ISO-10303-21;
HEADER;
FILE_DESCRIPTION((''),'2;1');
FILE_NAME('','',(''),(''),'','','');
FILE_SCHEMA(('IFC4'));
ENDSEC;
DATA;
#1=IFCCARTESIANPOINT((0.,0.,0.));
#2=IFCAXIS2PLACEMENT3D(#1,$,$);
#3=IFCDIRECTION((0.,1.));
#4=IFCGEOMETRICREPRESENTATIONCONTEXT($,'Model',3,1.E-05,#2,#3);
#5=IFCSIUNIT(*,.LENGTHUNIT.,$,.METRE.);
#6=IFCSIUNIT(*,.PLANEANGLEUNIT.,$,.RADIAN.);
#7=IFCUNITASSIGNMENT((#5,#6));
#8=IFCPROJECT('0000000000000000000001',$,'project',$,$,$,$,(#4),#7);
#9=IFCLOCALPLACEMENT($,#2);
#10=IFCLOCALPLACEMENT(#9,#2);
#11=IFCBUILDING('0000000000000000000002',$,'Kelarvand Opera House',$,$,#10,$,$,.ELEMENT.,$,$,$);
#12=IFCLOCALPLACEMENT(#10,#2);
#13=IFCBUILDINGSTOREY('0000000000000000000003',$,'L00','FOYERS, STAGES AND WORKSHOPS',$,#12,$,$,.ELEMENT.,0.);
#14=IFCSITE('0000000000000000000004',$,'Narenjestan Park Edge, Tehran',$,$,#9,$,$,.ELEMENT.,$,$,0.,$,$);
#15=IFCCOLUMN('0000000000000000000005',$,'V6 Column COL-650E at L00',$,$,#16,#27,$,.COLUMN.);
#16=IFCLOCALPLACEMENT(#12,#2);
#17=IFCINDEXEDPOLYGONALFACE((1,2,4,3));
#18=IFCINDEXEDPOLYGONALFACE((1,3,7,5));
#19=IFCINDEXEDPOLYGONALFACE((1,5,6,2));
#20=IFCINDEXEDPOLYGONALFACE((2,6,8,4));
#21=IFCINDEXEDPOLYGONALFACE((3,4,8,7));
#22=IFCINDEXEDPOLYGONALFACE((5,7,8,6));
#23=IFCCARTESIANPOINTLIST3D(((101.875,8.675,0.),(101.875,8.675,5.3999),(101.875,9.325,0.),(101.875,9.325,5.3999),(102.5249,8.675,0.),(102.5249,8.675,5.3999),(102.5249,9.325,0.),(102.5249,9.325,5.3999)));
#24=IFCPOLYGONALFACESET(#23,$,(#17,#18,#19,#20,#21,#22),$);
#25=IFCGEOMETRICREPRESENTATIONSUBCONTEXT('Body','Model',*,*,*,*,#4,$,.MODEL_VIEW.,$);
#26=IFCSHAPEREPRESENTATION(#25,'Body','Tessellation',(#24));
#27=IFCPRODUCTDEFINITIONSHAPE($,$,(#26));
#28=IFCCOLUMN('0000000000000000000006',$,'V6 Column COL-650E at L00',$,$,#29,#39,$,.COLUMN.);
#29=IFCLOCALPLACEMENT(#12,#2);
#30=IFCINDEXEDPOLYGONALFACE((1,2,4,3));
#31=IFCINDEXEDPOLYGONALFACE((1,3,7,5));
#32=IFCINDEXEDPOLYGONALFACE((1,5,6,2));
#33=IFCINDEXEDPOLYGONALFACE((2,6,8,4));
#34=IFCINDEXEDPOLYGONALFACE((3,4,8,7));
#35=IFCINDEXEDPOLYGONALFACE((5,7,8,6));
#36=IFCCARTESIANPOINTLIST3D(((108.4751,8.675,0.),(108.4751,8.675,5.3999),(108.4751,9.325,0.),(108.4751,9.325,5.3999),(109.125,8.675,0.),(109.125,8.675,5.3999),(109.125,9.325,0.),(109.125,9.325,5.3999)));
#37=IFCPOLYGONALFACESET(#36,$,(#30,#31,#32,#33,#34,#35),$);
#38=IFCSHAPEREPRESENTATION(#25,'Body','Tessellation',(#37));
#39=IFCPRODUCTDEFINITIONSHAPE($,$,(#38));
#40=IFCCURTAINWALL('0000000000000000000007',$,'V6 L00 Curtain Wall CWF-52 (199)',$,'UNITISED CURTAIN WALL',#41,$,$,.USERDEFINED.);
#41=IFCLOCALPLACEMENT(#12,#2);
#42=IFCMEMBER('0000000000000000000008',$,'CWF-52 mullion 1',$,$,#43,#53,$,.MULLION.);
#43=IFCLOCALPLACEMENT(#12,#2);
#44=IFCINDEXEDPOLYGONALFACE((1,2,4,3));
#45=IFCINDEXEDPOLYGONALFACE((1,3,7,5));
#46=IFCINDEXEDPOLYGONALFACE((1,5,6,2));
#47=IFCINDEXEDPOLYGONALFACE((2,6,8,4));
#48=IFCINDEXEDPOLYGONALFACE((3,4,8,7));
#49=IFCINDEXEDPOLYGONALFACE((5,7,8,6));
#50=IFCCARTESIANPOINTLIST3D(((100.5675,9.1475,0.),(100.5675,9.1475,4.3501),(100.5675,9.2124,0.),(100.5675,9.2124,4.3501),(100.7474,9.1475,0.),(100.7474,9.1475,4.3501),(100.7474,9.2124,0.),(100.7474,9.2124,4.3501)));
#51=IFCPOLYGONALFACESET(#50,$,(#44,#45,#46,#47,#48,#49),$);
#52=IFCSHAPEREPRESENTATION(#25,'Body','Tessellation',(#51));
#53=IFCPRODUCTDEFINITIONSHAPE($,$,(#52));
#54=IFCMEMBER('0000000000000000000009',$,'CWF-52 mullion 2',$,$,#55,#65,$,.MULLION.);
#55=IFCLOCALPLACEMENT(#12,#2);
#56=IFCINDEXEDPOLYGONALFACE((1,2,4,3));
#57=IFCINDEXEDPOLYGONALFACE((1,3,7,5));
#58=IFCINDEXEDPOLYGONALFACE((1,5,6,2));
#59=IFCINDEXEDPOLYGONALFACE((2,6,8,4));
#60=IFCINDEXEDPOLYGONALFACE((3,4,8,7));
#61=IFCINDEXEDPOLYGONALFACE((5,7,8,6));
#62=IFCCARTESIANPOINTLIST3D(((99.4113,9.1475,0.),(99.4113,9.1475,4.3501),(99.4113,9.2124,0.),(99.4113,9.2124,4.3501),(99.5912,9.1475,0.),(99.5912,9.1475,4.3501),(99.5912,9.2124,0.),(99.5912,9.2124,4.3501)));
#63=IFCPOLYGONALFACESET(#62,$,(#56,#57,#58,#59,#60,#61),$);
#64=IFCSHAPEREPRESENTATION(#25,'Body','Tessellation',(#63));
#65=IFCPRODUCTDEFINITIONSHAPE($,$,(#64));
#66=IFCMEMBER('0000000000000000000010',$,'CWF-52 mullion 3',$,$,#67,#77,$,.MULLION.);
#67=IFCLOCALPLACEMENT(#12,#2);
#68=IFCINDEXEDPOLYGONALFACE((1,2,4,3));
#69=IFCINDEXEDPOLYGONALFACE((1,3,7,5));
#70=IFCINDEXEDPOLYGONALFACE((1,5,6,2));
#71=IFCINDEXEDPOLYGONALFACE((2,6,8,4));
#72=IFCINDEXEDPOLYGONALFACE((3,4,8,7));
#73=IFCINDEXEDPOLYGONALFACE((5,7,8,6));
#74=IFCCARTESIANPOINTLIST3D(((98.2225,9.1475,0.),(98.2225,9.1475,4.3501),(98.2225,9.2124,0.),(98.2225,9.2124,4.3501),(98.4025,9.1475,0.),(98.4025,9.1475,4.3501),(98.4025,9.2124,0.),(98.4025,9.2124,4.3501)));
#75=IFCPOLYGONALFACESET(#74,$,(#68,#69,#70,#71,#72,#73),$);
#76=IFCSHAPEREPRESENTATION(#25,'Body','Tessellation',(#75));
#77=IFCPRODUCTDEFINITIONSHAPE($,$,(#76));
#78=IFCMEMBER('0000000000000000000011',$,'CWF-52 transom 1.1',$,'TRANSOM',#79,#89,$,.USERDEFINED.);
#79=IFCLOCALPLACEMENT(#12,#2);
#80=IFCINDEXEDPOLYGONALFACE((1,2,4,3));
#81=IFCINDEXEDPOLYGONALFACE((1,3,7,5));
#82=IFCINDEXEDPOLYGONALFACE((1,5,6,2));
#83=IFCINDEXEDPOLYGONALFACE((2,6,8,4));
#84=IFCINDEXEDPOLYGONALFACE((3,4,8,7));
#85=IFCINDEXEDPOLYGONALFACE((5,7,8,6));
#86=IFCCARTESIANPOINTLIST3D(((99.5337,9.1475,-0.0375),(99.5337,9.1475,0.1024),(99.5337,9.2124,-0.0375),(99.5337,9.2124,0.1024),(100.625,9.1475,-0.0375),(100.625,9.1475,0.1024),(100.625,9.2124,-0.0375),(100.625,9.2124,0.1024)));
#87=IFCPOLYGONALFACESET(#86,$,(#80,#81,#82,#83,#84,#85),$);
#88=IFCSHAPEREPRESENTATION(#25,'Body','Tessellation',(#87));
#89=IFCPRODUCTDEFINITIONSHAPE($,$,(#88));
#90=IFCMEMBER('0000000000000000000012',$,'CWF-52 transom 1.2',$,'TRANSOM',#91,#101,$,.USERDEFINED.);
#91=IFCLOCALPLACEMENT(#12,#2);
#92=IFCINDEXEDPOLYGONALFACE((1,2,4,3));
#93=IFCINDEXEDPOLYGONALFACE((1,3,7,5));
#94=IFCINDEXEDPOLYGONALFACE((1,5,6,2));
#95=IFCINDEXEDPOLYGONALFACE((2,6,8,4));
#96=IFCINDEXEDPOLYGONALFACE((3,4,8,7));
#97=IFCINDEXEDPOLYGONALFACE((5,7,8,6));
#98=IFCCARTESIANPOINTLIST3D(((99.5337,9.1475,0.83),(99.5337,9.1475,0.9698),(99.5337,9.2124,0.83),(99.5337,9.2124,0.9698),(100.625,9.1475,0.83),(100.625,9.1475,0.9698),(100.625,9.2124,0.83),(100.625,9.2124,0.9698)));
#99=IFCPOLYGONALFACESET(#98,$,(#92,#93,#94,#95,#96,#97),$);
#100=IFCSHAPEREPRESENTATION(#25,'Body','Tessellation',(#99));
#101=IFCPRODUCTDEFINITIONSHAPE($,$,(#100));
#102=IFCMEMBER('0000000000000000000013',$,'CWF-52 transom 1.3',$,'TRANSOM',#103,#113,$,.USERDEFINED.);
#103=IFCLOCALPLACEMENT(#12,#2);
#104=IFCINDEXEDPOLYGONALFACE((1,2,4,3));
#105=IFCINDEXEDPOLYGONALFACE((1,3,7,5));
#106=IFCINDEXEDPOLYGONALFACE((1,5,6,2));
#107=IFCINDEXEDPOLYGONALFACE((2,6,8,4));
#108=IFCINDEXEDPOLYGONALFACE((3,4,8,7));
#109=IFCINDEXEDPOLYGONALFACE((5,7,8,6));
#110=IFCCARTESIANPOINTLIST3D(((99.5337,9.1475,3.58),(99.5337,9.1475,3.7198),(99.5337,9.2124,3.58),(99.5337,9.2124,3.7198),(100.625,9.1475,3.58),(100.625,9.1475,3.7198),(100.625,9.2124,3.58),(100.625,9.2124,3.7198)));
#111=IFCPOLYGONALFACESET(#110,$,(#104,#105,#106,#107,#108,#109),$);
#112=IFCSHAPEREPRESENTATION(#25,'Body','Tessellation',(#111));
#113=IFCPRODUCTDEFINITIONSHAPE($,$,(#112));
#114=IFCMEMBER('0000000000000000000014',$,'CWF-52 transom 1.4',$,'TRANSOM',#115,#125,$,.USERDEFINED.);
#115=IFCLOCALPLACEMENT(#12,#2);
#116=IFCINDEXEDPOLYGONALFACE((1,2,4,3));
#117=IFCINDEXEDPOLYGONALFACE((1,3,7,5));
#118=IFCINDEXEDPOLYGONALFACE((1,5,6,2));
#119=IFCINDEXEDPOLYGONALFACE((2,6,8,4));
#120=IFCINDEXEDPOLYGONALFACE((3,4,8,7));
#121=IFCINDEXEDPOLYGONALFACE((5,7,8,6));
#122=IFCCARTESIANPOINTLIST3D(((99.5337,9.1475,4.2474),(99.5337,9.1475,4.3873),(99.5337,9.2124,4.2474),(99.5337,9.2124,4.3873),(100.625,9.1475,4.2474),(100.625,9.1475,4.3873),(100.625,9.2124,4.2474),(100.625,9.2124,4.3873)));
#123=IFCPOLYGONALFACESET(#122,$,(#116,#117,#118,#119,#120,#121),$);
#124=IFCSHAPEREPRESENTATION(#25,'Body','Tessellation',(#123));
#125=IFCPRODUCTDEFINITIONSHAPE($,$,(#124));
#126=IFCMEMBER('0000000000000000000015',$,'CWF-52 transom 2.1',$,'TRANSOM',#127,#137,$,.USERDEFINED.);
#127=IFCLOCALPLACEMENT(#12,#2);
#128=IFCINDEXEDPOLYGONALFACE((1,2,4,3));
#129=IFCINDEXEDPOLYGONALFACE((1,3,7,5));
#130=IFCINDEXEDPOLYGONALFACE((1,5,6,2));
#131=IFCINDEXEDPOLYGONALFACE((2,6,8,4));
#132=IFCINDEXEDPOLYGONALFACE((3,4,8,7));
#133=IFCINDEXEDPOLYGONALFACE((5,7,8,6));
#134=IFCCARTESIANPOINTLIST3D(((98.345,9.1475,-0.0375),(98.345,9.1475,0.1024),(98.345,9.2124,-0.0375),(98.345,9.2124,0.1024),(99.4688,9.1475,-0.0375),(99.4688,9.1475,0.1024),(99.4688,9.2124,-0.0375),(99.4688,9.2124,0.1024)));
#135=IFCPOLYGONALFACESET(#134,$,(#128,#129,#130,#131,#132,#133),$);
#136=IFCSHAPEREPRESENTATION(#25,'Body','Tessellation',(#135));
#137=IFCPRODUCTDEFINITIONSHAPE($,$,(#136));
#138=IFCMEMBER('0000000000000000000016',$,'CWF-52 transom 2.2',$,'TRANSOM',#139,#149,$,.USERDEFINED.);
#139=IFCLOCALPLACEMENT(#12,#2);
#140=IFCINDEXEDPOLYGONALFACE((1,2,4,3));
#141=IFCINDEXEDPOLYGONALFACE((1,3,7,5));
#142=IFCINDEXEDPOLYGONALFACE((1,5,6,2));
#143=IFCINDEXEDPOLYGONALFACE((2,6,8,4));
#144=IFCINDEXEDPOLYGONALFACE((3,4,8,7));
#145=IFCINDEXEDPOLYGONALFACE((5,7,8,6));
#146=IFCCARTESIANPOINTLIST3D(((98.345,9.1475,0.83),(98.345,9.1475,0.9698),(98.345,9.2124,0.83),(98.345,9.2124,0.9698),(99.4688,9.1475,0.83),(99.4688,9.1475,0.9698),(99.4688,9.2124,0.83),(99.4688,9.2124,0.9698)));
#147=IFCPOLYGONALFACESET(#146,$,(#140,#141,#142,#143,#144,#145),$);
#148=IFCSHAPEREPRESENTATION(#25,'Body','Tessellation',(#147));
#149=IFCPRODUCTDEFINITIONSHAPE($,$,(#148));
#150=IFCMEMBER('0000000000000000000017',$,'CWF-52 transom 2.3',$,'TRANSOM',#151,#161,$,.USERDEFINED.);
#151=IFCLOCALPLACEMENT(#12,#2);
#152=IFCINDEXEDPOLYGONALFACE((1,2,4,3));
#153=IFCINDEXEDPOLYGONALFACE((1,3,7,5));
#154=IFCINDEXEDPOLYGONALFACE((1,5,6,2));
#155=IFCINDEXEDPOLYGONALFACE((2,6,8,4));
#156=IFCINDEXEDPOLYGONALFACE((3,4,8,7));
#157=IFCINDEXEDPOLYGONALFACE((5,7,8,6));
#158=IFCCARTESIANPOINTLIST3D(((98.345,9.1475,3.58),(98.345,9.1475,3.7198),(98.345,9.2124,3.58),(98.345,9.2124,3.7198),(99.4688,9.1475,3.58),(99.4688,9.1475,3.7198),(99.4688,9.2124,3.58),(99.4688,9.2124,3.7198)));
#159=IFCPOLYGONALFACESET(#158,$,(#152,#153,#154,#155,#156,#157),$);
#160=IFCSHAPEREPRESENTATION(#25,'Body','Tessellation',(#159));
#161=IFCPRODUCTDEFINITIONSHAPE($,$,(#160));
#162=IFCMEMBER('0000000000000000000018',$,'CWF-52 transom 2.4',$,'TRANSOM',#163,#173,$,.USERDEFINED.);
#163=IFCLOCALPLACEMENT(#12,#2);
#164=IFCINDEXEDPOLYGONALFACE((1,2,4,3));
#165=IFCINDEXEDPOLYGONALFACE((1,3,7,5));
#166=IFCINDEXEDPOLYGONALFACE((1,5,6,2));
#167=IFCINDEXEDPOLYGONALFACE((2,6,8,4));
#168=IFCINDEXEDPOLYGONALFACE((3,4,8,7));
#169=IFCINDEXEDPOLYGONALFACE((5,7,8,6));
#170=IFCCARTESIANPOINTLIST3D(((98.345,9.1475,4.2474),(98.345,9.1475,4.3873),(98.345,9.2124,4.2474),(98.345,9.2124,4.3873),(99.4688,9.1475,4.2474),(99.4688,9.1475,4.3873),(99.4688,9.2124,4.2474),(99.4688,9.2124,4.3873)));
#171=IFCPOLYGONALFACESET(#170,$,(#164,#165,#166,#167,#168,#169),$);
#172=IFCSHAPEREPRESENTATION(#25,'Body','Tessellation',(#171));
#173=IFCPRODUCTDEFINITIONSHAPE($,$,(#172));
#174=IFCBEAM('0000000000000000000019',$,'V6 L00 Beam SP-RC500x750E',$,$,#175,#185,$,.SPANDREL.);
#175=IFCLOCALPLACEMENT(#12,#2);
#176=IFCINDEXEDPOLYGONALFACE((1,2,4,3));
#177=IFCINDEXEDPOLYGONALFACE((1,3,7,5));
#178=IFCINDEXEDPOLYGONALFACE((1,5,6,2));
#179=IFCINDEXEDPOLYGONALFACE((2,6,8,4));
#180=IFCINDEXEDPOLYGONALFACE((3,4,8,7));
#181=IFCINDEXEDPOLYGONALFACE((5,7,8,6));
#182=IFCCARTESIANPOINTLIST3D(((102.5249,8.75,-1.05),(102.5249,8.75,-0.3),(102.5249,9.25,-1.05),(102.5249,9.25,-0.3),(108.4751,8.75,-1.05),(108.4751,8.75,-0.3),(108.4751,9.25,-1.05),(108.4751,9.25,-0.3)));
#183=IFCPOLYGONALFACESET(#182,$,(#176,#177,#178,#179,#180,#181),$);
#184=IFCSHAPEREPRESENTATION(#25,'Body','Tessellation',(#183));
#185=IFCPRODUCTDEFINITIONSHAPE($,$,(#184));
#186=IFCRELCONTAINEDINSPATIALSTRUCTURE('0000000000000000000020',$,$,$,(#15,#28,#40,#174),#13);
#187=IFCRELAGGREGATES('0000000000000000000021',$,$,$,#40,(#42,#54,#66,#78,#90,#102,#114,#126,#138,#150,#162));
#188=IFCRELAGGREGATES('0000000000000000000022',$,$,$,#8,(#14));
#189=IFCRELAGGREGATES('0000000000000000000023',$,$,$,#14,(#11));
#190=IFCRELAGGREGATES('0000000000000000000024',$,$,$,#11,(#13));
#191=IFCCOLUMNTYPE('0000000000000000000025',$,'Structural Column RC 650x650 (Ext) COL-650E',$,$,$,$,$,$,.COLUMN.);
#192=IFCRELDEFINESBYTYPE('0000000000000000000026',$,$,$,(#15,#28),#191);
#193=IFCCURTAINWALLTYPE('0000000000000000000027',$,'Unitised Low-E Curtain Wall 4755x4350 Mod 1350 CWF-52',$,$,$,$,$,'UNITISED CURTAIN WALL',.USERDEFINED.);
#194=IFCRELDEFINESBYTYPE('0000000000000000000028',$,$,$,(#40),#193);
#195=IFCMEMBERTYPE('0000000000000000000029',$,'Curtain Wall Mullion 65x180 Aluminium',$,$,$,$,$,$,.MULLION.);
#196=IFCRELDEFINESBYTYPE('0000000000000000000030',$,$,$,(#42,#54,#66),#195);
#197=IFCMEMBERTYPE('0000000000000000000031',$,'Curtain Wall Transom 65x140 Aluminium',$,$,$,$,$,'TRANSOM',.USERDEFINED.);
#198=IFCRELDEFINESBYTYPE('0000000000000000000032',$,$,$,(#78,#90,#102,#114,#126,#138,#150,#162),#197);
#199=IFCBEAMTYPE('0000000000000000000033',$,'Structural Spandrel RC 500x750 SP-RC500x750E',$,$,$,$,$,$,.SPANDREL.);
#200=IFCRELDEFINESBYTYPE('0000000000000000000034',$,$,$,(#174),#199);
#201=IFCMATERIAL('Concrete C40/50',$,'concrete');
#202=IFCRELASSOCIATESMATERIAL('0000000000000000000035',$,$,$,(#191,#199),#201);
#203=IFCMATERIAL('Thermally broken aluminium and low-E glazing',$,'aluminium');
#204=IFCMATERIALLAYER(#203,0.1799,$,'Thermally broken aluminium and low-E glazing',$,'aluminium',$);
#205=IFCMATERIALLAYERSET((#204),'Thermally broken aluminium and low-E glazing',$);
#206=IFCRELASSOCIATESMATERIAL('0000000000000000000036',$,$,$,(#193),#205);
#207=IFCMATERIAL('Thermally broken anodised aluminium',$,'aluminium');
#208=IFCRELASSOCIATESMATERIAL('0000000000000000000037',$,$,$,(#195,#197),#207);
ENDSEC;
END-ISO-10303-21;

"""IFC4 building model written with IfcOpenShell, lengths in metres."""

from ifc_helpers import new_model, si_unit, direction, frame, origin, origin_2d, place, context, subcontext, project, spatial, rectangle, extrude, material, layer, layer_set, material_profile, profile_set, type_object, element, aggregate, save


model = new_model("IFC4")

# Units and contexts
model_context = context("Model", 3, precision=1e-05, world=origin(), true_north=direction((0.0, 1.0)))
body_context = subcontext(model_context, "Body", "Model", "MODEL_VIEW")
ifc_project = project(units=[si_unit("LENGTHUNIT", "METRE"), si_unit("PLANEANGLEUNIT", "RADIAN")], contexts=[model_context])

# Site, building, storey
site_placement = place(None, origin())
site = spatial("IfcSite", under=ifc_project, at=site_placement, Name="Narenjestan Park Edge, Tehran", CompositionType="ELEMENT", RefElevation=0.0)
building_placement = place(site_placement, origin())
building = spatial("IfcBuilding", under=site, at=building_placement, Name="Kelarvand Opera House", CompositionType="ELEMENT")
storey_placement = place(building_placement, origin())
storey = spatial("IfcBuildingStorey", under=building, at=storey_placement, Name="L00", Description="FOYERS, STAGES AND WORKSHOPS", CompositionType="ELEMENT", Elevation=0.0)

# Columns
ifc_material_1 = material(Name="Concrete C40/50", Category="concrete")
ifc_material_profile_1 = material_profile(ifc_material_1, rectangle(XDim=0.6499, YDim=0.6499, at=origin_2d()), Name="RC 650x650", Category="concrete")
ifc_profile_set_1 = profile_set([ifc_material_profile_1], Name="Concrete C40/50")
column_type = type_object("IfcColumnType", Name="Structural Column RC 650x650 (Ext) COL-650E", PredefinedType="COLUMN", material=ifc_profile_set_1)
for number, where, z_axis, x_axis, name in (
    (1, (102.2, 9.0, 0.0), (0.0, 0.0, 1.0), (1.0, 0.0, 0.0), "V6 Column COL-650E at L00"),
    (2, (108.8, 9.0, 0.0), (0.0, 0.0, 1.0), (1.0, 0.0, 0.0), "V6 Column COL-650E at L00"),
):
    element("IfcColumn", number, at=place(storey_placement, frame(where, z_axis=z_axis, x_axis=x_axis)), inside=storey, type_object=column_type, Name=name, PredefinedType="COLUMN", context=body_context, shape_type="SweptSolid", body=[
        extrude(rectangle(XDim=0.6499, YDim=0.6499, at=origin_2d()), origin(), (0.0, 0.0, 1.0), 5.3999),
    ])

# Curtain wall, members
ifc_material_2 = material(Name="Thermally broken aluminium and low-E glazing", Category="aluminium")
ifc_layer_1 = layer(ifc_material_2, 0.1799, Name="Thermally broken aluminium and low-E glazing", Category="aluminium")
ifc_layer_set_1 = layer_set([ifc_layer_1], Name="Thermally broken aluminium and low-E glazing")
curtain_wall_type = type_object("IfcCurtainWallType", Name="Unitised Low-E Curtain Wall 4755x4350 Mod 1350 CWF-52", ElementType="UNITISED CURTAIN WALL", PredefinedType="USERDEFINED", material=ifc_layer_set_1)
curtain_wall_placement = place(storey_placement, origin())
curtain_wall = element("IfcCurtainWall", 3, at=curtain_wall_placement, inside=storey, type_object=curtain_wall_type, Name="V6 L00 Curtain Wall CWF-52 (199)", ObjectType="UNITISED CURTAIN WALL", PredefinedType="USERDEFINED")
ifc_material_3 = material(Name="Thermally broken anodised aluminium", Category="aluminium")
ifc_material_profile_2 = material_profile(ifc_material_3, rectangle(XDim=0.0649, YDim=0.1799, at=origin_2d()), Name="ALU MULLION 65x180", Category="aluminium")
ifc_profile_set_2 = profile_set([ifc_material_profile_2], Name="Thermally broken anodised aluminium")
member_type_1 = type_object("IfcMemberType", Name="Curtain Wall Mullion 65x180 Aluminium", PredefinedType="MULLION", material=ifc_profile_set_2)
member_1_placement = place(storey_placement, frame((100.6575, 9.1799, 0.0), z_axis=(0.0, 0.0, 1.0), x_axis=(0.0, -1.0, 0.0)))
member_1 = element("IfcMember", 4, at=member_1_placement, type_object=member_type_1, Name="CWF-52 mullion 1", PredefinedType="MULLION", context=body_context, shape_type="SweptSolid", body=[
    extrude(rectangle(XDim=0.0649, YDim=0.1799, at=origin_2d()), origin(), (0.0, 0.0, 1.0), 4.3501),
])
member_2_placement = place(storey_placement, frame((99.5012, 9.1799, 0.0), z_axis=(0.0, 0.0, 1.0), x_axis=(0.0, -1.0, 0.0)))
member_2 = element("IfcMember", 5, at=member_2_placement, type_object=member_type_1, Name="CWF-52 mullion 2", PredefinedType="MULLION", context=body_context, shape_type="SweptSolid", body=[
    extrude(rectangle(XDim=0.0649, YDim=0.1799, at=origin_2d()), origin(), (0.0, 0.0, 1.0), 4.3501),
])
member_3_placement = place(storey_placement, frame((98.3125, 9.1799, 0.0), z_axis=(0.0, 0.0, 1.0), x_axis=(0.0, -1.0, 0.0)))
member_3 = element("IfcMember", 6, at=member_3_placement, type_object=member_type_1, Name="CWF-52 mullion 3", PredefinedType="MULLION", context=body_context, shape_type="SweptSolid", body=[
    extrude(rectangle(XDim=0.0649, YDim=0.1799, at=origin_2d()), origin(), (0.0, 0.0, 1.0), 4.3501),
])
ifc_material_profile_3 = material_profile(ifc_material_3, rectangle(XDim=0.0649, YDim=0.1399, at=origin_2d()), Name="ALU TRANSOM 65x140", Category="aluminium")
ifc_profile_set_3 = profile_set([ifc_material_profile_3], Name="Thermally broken anodised aluminium")
member_type_2 = type_object("IfcMemberType", Name="Curtain Wall Transom 65x140 Aluminium", ElementType="TRANSOM", PredefinedType="USERDEFINED", material=ifc_profile_set_3)
member_4_placement = place(storey_placement, frame((100.625, 9.1799, 0.0325), z_axis=(-1.0, 0.0, 0.0), x_axis=(0.0, -1.0, 0.0)))
member_4 = element("IfcMember", 7, at=member_4_placement, type_object=member_type_2, Name="CWF-52 transom 1.1", ObjectType="TRANSOM", PredefinedType="USERDEFINED", context=body_context, shape_type="SweptSolid", body=[
    extrude(rectangle(XDim=0.0649, YDim=0.1399, at=origin_2d()), origin(), (0.0, 0.0, 1.0), 1.0913),
])
member_5_placement = place(storey_placement, frame((100.625, 9.1799, 0.8999), z_axis=(-1.0, 0.0, 0.0), x_axis=(0.0, -1.0, 0.0)))
member_5 = element("IfcMember", 8, at=member_5_placement, type_object=member_type_2, Name="CWF-52 transom 1.2", ObjectType="TRANSOM", PredefinedType="USERDEFINED", context=body_context, shape_type="SweptSolid", body=[
    extrude(rectangle(XDim=0.0649, YDim=0.1399, at=origin_2d()), origin(), (0.0, 0.0, 1.0), 1.0913),
])
member_6_placement = place(storey_placement, frame((100.625, 9.1799, 3.6499), z_axis=(-1.0, 0.0, 0.0), x_axis=(0.0, -1.0, 0.0)))
member_6 = element("IfcMember", 9, at=member_6_placement, type_object=member_type_2, Name="CWF-52 transom 1.3", ObjectType="TRANSOM", PredefinedType="USERDEFINED", context=body_context, shape_type="SweptSolid", body=[
    extrude(rectangle(XDim=0.0649, YDim=0.1399, at=origin_2d()), origin(), (0.0, 0.0, 1.0), 1.0913),
])
member_7_placement = place(storey_placement, frame((100.625, 9.1799, 4.3174), z_axis=(-1.0, 0.0, 0.0), x_axis=(0.0, -1.0, 0.0)))
member_7 = element("IfcMember", 10, at=member_7_placement, type_object=member_type_2, Name="CWF-52 transom 1.4", ObjectType="TRANSOM", PredefinedType="USERDEFINED", context=body_context, shape_type="SweptSolid", body=[
    extrude(rectangle(XDim=0.0649, YDim=0.1399, at=origin_2d()), origin(), (0.0, 0.0, 1.0), 1.0913),
])
member_8_placement = place(storey_placement, frame((99.4688, 9.1799, 0.0325), z_axis=(-1.0, 0.0, 0.0), x_axis=(0.0, -1.0, 0.0)))
member_8 = element("IfcMember", 11, at=member_8_placement, type_object=member_type_2, Name="CWF-52 transom 2.1", ObjectType="TRANSOM", PredefinedType="USERDEFINED", context=body_context, shape_type="SweptSolid", body=[
    extrude(rectangle(XDim=0.0649, YDim=0.1399, at=origin_2d()), origin(), (0.0, 0.0, 1.0), 1.1238),
])
member_9_placement = place(storey_placement, frame((99.4688, 9.1799, 0.8999), z_axis=(-1.0, 0.0, 0.0), x_axis=(0.0, -1.0, 0.0)))
member_9 = element("IfcMember", 12, at=member_9_placement, type_object=member_type_2, Name="CWF-52 transom 2.2", ObjectType="TRANSOM", PredefinedType="USERDEFINED", context=body_context, shape_type="SweptSolid", body=[
    extrude(rectangle(XDim=0.0649, YDim=0.1399, at=origin_2d()), origin(), (0.0, 0.0, 1.0), 1.1238),
])
member_10_placement = place(storey_placement, frame((99.4688, 9.1799, 3.6499), z_axis=(-1.0, 0.0, 0.0), x_axis=(0.0, -1.0, 0.0)))
member_10 = element("IfcMember", 13, at=member_10_placement, type_object=member_type_2, Name="CWF-52 transom 2.3", ObjectType="TRANSOM", PredefinedType="USERDEFINED", context=body_context, shape_type="SweptSolid", body=[
    extrude(rectangle(XDim=0.0649, YDim=0.1399, at=origin_2d()), origin(), (0.0, 0.0, 1.0), 1.1238),
])
member_11_placement = place(storey_placement, frame((99.4688, 9.1799, 4.3174), z_axis=(-1.0, 0.0, 0.0), x_axis=(0.0, -1.0, 0.0)))
member_11 = element("IfcMember", 14, at=member_11_placement, type_object=member_type_2, Name="CWF-52 transom 2.4", ObjectType="TRANSOM", PredefinedType="USERDEFINED", context=body_context, shape_type="SweptSolid", body=[
    extrude(rectangle(XDim=0.0649, YDim=0.1399, at=origin_2d()), origin(), (0.0, 0.0, 1.0), 1.1238),
])

# Beam
ifc_material_profile_4 = material_profile(ifc_material_1, rectangle(XDim=0.5, YDim=0.75, at=origin_2d()), Name="RC 500x750", Category="concrete")
ifc_profile_set_4 = profile_set([ifc_material_profile_4], Name="Concrete C40/50")
beam_type = type_object("IfcBeamType", Name="Structural Spandrel RC 500x750 SP-RC500x750E", PredefinedType="SPANDREL", material=ifc_profile_set_4)
beam_placement = place(storey_placement, frame((102.5249, 9.0, -0.675), z_axis=(1.0, 0.0, 0.0), x_axis=(0.0, 1.0, 0.0)))
element("IfcBeam", 15, at=beam_placement, inside=storey, type_object=beam_type, Name="V6 L00 Beam SP-RC500x750E", PredefinedType="SPANDREL", context=body_context, shape_type="SweptSolid", body=[
    extrude(rectangle(XDim=0.5, YDim=0.75, at=origin_2d()), origin(), (0.0, 0.0, 1.0), 5.9502),
])

aggregate(curtain_wall, [member_1, member_2, member_3, member_4, member_5, member_6, member_7, member_8, member_9, member_10, member_11])

save(model, "model.ifc")
